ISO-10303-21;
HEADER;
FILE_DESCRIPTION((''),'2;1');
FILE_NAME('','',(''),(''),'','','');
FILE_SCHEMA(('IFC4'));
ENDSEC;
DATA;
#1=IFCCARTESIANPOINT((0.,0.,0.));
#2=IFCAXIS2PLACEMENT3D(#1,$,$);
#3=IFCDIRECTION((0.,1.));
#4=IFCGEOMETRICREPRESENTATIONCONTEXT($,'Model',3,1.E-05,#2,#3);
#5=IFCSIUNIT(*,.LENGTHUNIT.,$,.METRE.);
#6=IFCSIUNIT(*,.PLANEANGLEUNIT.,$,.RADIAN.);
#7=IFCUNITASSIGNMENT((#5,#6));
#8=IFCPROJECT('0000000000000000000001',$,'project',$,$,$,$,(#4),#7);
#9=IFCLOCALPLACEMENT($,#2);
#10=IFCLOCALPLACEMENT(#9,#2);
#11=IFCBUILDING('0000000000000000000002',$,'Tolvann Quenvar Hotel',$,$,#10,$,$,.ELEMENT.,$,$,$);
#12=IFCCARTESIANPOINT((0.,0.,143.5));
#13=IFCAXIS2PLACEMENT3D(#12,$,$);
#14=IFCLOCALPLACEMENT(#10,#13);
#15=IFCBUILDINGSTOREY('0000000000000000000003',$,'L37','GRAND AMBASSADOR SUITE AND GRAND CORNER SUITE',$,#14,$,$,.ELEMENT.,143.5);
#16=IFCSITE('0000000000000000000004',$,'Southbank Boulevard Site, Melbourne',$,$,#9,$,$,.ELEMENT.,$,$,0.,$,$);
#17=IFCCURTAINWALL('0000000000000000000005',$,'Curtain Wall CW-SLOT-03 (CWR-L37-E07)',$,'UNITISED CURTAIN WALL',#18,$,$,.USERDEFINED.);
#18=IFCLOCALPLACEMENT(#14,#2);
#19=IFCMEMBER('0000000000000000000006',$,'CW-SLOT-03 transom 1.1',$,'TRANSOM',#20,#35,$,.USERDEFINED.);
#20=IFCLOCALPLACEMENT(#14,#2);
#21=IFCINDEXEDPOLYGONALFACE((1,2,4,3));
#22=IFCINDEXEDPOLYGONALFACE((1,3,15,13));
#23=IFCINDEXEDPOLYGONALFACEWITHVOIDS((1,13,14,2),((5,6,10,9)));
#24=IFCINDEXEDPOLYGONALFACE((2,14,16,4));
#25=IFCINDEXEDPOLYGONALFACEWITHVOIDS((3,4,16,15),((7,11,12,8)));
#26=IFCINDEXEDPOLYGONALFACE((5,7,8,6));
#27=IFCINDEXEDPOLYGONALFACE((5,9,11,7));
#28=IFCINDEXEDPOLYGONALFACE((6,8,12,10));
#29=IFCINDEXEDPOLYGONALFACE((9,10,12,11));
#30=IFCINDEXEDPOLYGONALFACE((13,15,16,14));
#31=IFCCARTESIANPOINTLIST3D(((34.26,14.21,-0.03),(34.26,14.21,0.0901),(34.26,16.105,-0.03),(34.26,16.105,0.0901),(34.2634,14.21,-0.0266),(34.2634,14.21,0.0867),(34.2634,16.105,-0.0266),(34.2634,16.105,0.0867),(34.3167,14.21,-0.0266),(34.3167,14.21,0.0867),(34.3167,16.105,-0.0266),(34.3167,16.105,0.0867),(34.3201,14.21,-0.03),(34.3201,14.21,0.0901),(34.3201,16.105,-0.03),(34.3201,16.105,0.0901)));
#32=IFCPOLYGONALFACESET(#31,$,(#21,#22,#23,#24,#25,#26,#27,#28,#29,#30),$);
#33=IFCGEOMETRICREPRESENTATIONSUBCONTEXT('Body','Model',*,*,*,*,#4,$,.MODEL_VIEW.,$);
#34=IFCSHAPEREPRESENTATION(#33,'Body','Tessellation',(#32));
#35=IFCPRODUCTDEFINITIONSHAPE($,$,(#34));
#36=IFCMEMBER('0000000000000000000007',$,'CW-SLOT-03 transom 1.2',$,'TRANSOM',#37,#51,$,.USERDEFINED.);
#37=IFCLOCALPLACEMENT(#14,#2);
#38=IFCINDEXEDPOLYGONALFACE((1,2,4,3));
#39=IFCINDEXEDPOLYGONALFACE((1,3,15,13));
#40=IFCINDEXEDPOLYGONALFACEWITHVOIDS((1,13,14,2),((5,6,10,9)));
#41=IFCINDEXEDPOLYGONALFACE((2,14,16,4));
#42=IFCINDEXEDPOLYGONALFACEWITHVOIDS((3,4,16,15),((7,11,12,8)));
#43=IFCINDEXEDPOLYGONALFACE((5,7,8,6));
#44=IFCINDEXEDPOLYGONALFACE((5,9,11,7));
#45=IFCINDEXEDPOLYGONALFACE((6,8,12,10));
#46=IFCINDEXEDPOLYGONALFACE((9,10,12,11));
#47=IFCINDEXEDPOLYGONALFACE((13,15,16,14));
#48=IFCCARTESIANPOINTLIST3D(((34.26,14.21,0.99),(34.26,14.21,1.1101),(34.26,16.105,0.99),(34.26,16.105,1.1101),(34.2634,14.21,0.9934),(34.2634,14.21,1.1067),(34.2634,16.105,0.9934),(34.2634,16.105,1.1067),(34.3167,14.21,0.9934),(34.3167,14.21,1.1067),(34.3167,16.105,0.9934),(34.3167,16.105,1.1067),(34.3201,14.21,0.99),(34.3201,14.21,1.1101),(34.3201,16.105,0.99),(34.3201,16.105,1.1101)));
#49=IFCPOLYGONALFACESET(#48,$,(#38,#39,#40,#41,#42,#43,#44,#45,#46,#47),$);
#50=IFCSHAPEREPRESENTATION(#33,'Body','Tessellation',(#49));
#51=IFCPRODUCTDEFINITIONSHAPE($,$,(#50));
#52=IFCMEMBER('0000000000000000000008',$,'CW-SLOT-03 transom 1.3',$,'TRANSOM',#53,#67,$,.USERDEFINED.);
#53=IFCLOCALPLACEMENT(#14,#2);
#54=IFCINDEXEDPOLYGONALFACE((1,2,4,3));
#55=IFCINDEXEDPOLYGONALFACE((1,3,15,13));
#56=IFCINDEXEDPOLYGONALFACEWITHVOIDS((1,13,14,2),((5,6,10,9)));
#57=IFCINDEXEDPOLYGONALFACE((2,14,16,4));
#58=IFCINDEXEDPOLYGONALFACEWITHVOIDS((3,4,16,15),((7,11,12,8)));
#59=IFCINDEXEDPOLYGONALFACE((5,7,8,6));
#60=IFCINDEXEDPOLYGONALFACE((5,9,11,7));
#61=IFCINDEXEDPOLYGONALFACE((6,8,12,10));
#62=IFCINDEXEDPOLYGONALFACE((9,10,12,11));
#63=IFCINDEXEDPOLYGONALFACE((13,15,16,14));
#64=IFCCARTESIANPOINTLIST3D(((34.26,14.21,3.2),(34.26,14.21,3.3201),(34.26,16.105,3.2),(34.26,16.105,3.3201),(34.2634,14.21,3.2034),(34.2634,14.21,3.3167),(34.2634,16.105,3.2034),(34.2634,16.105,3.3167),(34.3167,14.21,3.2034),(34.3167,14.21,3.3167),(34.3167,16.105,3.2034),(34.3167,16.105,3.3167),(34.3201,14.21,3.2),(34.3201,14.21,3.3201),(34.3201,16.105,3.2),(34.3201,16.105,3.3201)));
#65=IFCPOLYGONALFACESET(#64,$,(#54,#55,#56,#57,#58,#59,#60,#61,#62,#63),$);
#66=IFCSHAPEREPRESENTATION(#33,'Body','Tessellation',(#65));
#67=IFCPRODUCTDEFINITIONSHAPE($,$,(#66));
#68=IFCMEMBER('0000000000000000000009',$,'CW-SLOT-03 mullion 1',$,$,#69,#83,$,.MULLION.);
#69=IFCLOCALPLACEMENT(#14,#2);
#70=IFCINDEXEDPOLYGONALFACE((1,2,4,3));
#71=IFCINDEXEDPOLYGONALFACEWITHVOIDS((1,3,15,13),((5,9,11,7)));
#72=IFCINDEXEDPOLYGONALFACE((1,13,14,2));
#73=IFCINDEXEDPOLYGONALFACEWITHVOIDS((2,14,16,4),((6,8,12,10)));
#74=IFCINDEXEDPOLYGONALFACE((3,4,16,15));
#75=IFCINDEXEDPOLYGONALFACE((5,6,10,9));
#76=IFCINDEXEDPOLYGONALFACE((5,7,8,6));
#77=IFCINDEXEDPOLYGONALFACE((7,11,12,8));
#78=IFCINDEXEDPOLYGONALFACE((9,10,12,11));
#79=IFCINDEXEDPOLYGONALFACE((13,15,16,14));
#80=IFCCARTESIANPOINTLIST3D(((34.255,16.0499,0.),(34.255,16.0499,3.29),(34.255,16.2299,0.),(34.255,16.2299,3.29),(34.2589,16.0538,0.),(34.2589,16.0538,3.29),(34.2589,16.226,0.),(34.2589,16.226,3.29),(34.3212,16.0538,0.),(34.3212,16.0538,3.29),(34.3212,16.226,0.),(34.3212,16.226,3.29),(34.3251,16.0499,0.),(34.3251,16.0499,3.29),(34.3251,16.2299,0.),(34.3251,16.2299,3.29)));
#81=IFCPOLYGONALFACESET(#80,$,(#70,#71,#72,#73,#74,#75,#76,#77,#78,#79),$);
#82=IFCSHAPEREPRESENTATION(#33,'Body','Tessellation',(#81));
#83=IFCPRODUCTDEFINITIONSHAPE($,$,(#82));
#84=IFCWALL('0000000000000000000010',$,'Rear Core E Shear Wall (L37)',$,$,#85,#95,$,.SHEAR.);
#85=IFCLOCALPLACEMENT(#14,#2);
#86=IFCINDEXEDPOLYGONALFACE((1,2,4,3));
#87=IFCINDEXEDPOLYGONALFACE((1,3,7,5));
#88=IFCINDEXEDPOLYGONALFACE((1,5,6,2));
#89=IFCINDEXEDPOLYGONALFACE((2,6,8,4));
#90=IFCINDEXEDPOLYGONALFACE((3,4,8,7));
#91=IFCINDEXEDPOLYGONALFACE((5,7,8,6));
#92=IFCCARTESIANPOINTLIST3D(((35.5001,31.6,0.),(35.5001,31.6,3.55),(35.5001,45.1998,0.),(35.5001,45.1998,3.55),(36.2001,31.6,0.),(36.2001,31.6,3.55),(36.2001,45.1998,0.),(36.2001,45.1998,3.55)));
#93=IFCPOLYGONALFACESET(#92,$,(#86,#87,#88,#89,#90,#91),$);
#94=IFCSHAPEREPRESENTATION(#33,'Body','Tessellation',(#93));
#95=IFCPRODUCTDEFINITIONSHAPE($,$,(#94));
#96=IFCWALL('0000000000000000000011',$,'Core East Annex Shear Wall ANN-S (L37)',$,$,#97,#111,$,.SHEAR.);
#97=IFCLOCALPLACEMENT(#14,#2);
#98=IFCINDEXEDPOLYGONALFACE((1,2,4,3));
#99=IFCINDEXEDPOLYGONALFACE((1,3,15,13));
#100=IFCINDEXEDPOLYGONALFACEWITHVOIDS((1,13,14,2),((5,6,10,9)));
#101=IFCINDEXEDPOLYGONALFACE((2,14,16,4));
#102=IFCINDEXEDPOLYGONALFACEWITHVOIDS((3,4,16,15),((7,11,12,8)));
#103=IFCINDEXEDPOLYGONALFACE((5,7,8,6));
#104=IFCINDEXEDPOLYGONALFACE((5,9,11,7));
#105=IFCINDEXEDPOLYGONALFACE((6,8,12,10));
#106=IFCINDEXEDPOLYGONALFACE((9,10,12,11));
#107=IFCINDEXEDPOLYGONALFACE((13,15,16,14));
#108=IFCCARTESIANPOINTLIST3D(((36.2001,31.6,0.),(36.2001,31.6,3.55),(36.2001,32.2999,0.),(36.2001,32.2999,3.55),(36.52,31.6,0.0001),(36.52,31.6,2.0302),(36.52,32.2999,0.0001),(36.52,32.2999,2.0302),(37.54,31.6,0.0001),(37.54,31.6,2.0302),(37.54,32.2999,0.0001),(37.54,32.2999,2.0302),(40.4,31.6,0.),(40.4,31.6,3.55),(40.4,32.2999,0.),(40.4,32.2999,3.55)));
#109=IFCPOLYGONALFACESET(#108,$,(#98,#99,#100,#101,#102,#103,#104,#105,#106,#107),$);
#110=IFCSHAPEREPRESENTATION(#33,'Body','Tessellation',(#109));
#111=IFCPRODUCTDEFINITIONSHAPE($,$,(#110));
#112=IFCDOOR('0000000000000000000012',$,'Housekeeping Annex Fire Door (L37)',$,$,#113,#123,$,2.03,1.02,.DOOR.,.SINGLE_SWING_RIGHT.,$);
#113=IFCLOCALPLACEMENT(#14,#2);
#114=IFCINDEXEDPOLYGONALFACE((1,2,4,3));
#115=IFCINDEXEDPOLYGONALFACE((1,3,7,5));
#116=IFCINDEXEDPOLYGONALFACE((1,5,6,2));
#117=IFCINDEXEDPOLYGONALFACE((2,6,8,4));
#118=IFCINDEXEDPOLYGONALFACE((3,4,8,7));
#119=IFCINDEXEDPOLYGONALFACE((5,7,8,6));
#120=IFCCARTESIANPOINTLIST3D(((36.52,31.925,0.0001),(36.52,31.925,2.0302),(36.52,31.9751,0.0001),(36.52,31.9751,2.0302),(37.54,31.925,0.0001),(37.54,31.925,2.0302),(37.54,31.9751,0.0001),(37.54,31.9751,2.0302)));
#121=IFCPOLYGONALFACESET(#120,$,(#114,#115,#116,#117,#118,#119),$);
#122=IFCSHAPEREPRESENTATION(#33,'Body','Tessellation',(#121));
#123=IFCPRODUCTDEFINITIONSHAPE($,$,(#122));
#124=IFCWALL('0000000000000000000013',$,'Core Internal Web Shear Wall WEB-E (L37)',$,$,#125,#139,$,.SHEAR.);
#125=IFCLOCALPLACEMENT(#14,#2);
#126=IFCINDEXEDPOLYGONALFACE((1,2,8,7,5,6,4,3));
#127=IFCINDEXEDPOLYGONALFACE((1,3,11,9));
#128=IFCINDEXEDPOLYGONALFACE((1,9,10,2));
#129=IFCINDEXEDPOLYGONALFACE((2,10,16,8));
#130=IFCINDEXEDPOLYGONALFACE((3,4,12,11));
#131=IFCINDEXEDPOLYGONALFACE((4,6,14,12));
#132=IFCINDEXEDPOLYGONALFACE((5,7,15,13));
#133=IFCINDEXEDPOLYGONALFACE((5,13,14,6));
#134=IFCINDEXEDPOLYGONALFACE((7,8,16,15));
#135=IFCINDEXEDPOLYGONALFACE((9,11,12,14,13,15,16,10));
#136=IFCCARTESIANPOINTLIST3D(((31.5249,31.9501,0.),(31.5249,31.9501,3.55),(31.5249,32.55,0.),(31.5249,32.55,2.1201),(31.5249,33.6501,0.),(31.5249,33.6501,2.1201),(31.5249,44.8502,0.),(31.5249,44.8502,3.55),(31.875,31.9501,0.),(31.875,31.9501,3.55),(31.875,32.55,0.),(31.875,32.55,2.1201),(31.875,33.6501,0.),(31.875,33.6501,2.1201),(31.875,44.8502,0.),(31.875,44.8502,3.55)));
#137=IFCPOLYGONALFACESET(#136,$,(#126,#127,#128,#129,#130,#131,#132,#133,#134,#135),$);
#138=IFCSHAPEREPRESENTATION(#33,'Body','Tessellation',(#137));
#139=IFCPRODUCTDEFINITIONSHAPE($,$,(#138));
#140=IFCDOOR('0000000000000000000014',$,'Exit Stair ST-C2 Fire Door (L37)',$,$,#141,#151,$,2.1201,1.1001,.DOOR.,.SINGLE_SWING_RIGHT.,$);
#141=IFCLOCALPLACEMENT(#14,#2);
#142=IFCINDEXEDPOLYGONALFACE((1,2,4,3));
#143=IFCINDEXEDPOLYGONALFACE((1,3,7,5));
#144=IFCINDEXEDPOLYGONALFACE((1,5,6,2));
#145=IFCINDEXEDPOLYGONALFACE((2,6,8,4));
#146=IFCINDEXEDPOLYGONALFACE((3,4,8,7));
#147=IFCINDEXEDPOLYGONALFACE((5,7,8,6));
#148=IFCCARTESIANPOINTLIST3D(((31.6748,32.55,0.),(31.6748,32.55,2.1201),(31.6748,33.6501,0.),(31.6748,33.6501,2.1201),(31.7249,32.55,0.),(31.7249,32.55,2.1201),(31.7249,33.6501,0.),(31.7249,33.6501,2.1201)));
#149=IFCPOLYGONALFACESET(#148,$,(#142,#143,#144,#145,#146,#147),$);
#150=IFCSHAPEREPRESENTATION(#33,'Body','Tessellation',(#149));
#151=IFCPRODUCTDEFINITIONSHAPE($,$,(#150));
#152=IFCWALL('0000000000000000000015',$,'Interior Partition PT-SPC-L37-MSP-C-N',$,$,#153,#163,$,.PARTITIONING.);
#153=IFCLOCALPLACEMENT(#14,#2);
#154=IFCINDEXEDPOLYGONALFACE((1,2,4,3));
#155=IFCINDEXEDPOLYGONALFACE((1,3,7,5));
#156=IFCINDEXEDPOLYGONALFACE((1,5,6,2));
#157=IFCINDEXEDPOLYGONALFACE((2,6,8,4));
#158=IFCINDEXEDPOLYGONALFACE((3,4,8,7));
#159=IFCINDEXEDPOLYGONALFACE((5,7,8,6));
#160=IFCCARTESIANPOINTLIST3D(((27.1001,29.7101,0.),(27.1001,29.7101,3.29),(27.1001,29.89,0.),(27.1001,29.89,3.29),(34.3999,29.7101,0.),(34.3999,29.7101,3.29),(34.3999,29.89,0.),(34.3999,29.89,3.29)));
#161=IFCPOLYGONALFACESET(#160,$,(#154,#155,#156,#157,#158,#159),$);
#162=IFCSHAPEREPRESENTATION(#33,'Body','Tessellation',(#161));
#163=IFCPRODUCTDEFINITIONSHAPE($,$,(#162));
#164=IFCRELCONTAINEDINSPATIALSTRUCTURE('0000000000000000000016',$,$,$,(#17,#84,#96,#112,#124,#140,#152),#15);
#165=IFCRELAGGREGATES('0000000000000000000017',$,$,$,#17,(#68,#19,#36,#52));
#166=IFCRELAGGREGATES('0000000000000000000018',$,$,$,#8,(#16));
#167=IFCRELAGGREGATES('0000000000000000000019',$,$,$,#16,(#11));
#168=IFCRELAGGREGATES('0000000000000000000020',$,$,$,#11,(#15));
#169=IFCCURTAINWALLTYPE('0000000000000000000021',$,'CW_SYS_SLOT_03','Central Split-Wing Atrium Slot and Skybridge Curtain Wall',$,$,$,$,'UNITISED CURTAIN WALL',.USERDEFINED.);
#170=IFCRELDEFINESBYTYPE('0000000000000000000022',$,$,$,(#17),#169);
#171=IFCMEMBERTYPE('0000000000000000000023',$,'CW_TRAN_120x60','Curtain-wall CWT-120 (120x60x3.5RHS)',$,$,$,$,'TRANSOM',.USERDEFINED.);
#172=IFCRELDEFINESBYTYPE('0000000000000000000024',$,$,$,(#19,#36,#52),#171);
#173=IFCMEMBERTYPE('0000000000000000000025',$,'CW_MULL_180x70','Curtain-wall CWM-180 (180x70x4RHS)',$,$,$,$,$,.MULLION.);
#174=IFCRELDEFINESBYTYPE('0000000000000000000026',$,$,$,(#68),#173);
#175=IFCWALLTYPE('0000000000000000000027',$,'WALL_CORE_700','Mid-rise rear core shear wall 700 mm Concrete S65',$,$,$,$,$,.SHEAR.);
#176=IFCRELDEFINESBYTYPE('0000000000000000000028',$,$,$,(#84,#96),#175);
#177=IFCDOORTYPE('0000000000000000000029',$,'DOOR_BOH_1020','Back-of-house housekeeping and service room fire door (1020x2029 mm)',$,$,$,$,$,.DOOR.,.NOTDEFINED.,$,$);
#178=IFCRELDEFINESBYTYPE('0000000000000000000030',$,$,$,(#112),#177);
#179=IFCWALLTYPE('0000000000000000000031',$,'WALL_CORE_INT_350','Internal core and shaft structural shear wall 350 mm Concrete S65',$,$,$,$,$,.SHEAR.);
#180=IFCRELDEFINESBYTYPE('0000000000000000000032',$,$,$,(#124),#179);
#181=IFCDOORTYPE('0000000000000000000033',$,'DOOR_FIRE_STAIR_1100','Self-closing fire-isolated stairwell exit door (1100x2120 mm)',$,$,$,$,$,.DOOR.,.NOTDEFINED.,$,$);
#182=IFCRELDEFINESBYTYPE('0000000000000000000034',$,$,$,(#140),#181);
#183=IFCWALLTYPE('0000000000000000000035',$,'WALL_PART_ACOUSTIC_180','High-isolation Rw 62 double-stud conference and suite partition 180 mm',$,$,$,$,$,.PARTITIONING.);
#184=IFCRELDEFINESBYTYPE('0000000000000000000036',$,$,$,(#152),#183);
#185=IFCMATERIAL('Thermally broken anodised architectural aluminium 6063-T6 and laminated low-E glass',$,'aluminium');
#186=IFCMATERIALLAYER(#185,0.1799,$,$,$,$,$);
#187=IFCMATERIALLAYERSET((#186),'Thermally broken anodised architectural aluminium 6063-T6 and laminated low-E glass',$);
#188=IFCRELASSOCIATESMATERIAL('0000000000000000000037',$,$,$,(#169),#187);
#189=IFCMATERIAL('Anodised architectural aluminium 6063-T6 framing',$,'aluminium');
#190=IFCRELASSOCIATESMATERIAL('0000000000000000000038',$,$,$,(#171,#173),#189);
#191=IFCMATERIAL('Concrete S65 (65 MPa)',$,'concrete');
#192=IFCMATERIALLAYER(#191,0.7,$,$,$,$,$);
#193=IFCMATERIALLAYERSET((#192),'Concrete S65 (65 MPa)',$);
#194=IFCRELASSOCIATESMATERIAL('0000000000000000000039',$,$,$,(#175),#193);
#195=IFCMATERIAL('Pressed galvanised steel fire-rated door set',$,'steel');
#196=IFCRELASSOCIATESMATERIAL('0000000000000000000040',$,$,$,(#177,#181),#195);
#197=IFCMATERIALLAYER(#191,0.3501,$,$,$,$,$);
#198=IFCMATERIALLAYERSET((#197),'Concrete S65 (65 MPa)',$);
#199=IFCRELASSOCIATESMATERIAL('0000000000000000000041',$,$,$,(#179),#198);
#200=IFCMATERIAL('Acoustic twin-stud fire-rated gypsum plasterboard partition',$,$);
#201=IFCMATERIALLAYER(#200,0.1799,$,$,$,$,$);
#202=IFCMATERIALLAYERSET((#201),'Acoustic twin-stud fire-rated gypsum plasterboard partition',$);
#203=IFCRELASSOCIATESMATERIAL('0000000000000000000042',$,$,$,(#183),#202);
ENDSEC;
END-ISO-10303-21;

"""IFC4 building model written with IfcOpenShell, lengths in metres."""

from ifc_helpers import new_model, si_unit, direction, frame, frame_2d, origin, origin_2d, place, context, subcontext, project, spatial, rectangle, hollow_rectangle, extrude, source, transform, mapped, material, layer, layer_set, material_profile, profile_set, type_object, type_shapes, element, fill, aggregate, save


model = new_model("IFC4")

# Units and contexts
model_context = context("Model", 3, precision=1e-05, world=origin(), true_north=direction((0.0, 1.0)))
body_context = subcontext(model_context, "Body", "Model", "MODEL_VIEW")
ifc_project = project(units=[si_unit("LENGTHUNIT", "METRE"), si_unit("PLANEANGLEUNIT", "RADIAN")], contexts=[model_context])

# Site, building, storey
site_placement = place(None, origin())
site = spatial("IfcSite", under=ifc_project, at=site_placement, Name="Southbank Boulevard Site, Melbourne", CompositionType="ELEMENT", RefElevation=0.0)
building_placement = place(site_placement, origin())
building = spatial("IfcBuilding", under=site, at=building_placement, Name="Tolvann Quenvar Hotel", CompositionType="ELEMENT")
storey_placement = place(building_placement, frame((0.0, 0.0, 143.5)))
storey = spatial("IfcBuildingStorey", under=building, at=storey_placement, Name="L37", Description="GRAND AMBASSADOR SUITE AND GRAND CORNER SUITE", CompositionType="ELEMENT", Elevation=143.5)

# Shared definitions
ifc_material_1 = material(Name="Concrete S65 (65 MPa)", Category="concrete")

# Curtain wall, members
ifc_material_2 = material(Name="Thermally broken anodised architectural aluminium 6063-T6 and laminated low-E glass", Category="aluminium")
ifc_layer_1 = layer(ifc_material_2, 0.1799)
ifc_layer_set_1 = layer_set([ifc_layer_1], Name="Thermally broken anodised architectural aluminium 6063-T6 and laminated low-E glass")
curtain_wall_type = type_object("IfcCurtainWallType", Name="CW_SYS_SLOT_03", Description="Central Split-Wing Atrium Slot and Skybridge Curtain Wall", ElementType="UNITISED CURTAIN WALL", PredefinedType="USERDEFINED", material=ifc_layer_set_1)
curtain_wall_placement = place(storey_placement, origin())
curtain_wall = element("IfcCurtainWall", 1, at=curtain_wall_placement, inside=storey, type_object=curtain_wall_type, Name="Curtain Wall CW-SLOT-03 (CWR-L37-E07)", ObjectType="UNITISED CURTAIN WALL", PredefinedType="USERDEFINED")
ifc_material_3 = material(Name="Anodised architectural aluminium 6063-T6 framing", Category="aluminium")
ifc_material_profile_1 = material_profile(ifc_material_3, hollow_rectangle(XDim=0.0601, YDim=0.1201, WallThickness=0.0034, at=origin_2d()), Name="120x60x3.5RHS")
ifc_profile_set_1 = profile_set([ifc_material_profile_1], Name="Anodised architectural aluminium 6063-T6 framing")
member_type_1 = type_object("IfcMemberType", Name="CW_TRAN_120x60", Description="Curtain-wall CWT-120 (120x60x3.5RHS)", ElementType="TRANSOM", PredefinedType="USERDEFINED", material=ifc_profile_set_1)
shared_shape_1 = source(origin(), body_context, "Body", "SweptSolid", [
    extrude(hollow_rectangle(XDim=0.0601, YDim=0.1201, WallThickness=0.0034, at=origin_2d()), origin(), (0.0, 0.0, 1.0), 1.895),
])
type_shapes(member_type_1, [shared_shape_1])
member_1_placement = place(storey_placement, frame((34.29, 16.105, 0.03), z_axis=(0.0, -1.0, 0.0), x_axis=(1.0, 0.0, 0.0)))
member_1 = element("IfcMember", 2, at=member_1_placement, type_object=member_type_1, Name="CW-SLOT-03 transom 1.1", ObjectType="TRANSOM", PredefinedType="USERDEFINED", context=body_context, shape_type="MappedRepresentation", body=[
    mapped(shared_shape_1, transform((0.0, 0.0, 0.0), x_axis=(1.0, 0.0, 0.0), y_axis=(0.0, 1.0, 0.0), z_axis=(0.0, 0.0, 1.0), scale=1.0)),
])
member_2_placement = place(storey_placement, frame((34.29, 16.105, 1.05), z_axis=(0.0, -1.0, 0.0), x_axis=(1.0, 0.0, 0.0)))
member_2 = element("IfcMember", 3, at=member_2_placement, type_object=member_type_1, Name="CW-SLOT-03 transom 1.2", ObjectType="TRANSOM", PredefinedType="USERDEFINED", context=body_context, shape_type="MappedRepresentation", body=[
    mapped(shared_shape_1, transform((0.0, 0.0, 0.0), x_axis=(1.0, 0.0, 0.0), y_axis=(0.0, 1.0, 0.0), z_axis=(0.0, 0.0, 1.0), scale=1.0)),
])
member_3_placement = place(storey_placement, frame((34.29, 16.105, 3.26), z_axis=(0.0, -1.0, 0.0), x_axis=(1.0, 0.0, 0.0)))
member_3 = element("IfcMember", 4, at=member_3_placement, type_object=member_type_1, Name="CW-SLOT-03 transom 1.3", ObjectType="TRANSOM", PredefinedType="USERDEFINED", context=body_context, shape_type="MappedRepresentation", body=[
    mapped(shared_shape_1, transform((0.0, 0.0, 0.0), x_axis=(1.0, 0.0, 0.0), y_axis=(0.0, 1.0, 0.0), z_axis=(0.0, 0.0, 1.0), scale=1.0)),
])
ifc_material_profile_2 = material_profile(ifc_material_3, hollow_rectangle(XDim=0.0701, YDim=0.1799, WallThickness=0.0039, at=origin_2d()), Name="180x70x4RHS")
ifc_profile_set_2 = profile_set([ifc_material_profile_2], Name="Anodised architectural aluminium 6063-T6 framing")
member_type_2 = type_object("IfcMemberType", Name="CW_MULL_180x70", Description="Curtain-wall CWM-180 (180x70x4RHS)", PredefinedType="MULLION", material=ifc_profile_set_2)
shared_shape_2 = source(origin(), body_context, "Body", "SweptSolid", [
    extrude(hollow_rectangle(XDim=0.0701, YDim=0.1799, WallThickness=0.0039, at=origin_2d()), origin(), (0.0, 0.0, 1.0), 3.29),
])
type_shapes(member_type_2, [shared_shape_2])
member_4_placement = place(storey_placement, frame((34.29, 16.1399, 0.0), z_axis=(0.0, 0.0, 1.0), x_axis=(1.0, 0.0, 0.0)))
member_4 = element("IfcMember", 5, at=member_4_placement, type_object=member_type_2, Name="CW-SLOT-03 mullion 1", PredefinedType="MULLION", context=body_context, shape_type="MappedRepresentation", body=[
    mapped(shared_shape_2, transform((0.0, 0.0, 0.0), x_axis=(1.0, 0.0, 0.0), y_axis=(0.0, 1.0, 0.0), z_axis=(0.0, 0.0, 1.0), scale=1.0)),
])
aggregate(curtain_wall, [member_4, member_1, member_2, member_3])

# Wall
ifc_layer_2 = layer(ifc_material_1, 0.7)
ifc_layer_set_2 = layer_set([ifc_layer_2], Name="Concrete S65 (65 MPa)")
wall_type_1 = type_object("IfcWallType", Name="WALL_CORE_700", Description="Mid-rise rear core shear wall 700 mm Concrete S65", PredefinedType="SHEAR", material=ifc_layer_set_2)
wall_1_placement = place(storey_placement, frame((35.8501, 31.6001, 0.0), z_axis=(0.0, 0.0, 1.0), x_axis=(0.0, 1.0, 0.0)))
element("IfcWall", 6, at=wall_1_placement, inside=storey, type_object=wall_type_1, Name="Rear Core E Shear Wall (L37)", PredefinedType="SHEAR", context=body_context, shape_type="SweptSolid", body=[
    extrude(rectangle(XDim=13.5999, YDim=0.7, at=frame_2d((6.7998, 0.0))), origin(), (0.0, 0.0, 1.0), 3.55),
])

# Walls, openings, doors
wall_2_placement = place(storey_placement, frame((36.2, 31.95, 0.0), z_axis=(0.0, 0.0, 1.0), x_axis=(1.0, 0.0, 0.0)))
wall_2 = element("IfcWall", 7, at=wall_2_placement, inside=storey, type_object=wall_type_1, Name="Core East Annex Shear Wall ANN-S (L37)", PredefinedType="SHEAR", context=body_context, shape_type="SweptSolid", body=[
    extrude(rectangle(XDim=4.2, YDim=0.7, at=frame_2d((2.1001, 0.0))), origin(), (0.0, 0.0, 1.0), 3.55),
])
opening_1_placement = place(wall_2_placement, frame((1.3401, 0.0, 0.0), z_axis=(0.0, 0.0, 1.0), x_axis=(-1.0, 0.0, 0.0)))
opening_1 = element("IfcOpeningElement", 8, at=opening_1_placement, cuts=wall_2, PredefinedType="OPENING", context=body_context, shape_type="SweptSolid", body=[
    extrude(rectangle(XDim=1.02, YDim=2.03, at=frame_2d((0.51, 1.0151))), frame((0.0, 0.3599, 0.0), z_axis=(0.0, -1.0, 0.0), x_axis=(1.0, 0.0, 0.0)), (0.0, 0.0, 1.0), 0.72),
])
ifc_material_4 = material(Name="Pressed galvanised steel fire-rated door set", Category="steel")
door_type_1 = type_object("IfcDoorType", Name="DOOR_BOH_1020", Description="Back-of-house housekeeping and service room fire door (1020x2029 mm)", OperationType="NOTDEFINED", PredefinedType="DOOR", material=ifc_material_4)
shared_shape_3 = source(origin(), body_context, "Body", "SweptSolid", [
    extrude(rectangle(XDim=1.02, YDim=2.03, at=frame_2d((0.51, 1.0151))), frame((0.0, 0.0249, 0.0), z_axis=(0.0, -1.0, 0.0), x_axis=(1.0, 0.0, 0.0)), (0.0, 0.0, 1.0), 0.05),
])
type_shapes(door_type_1, [shared_shape_3])
door_1_placement = place(opening_1_placement, origin())
door_1 = element("IfcDoor", 9, at=door_1_placement, inside=storey, type_object=door_type_1, Name="Housekeeping Annex Fire Door (L37)", OperationType="SINGLE_SWING_RIGHT", OverallHeight=2.03, OverallWidth=1.02, PredefinedType="DOOR", context=body_context, shape_type="MappedRepresentation", body=[
    mapped(shared_shape_3, transform((0.0, 0.0, 0.0), x_axis=(1.0, 0.0, 0.0), y_axis=(0.0, 1.0, 0.0), z_axis=(0.0, 0.0, 1.0), scale=1.0)),
])
fill(opening_1, door_1)
ifc_layer_3 = layer(ifc_material_1, 0.3501)
ifc_layer_set_3 = layer_set([ifc_layer_3], Name="Concrete S65 (65 MPa)")
wall_type_2 = type_object("IfcWallType", Name="WALL_CORE_INT_350", Description="Internal core and shaft structural shear wall 350 mm Concrete S65", PredefinedType="SHEAR", material=ifc_layer_set_3)
wall_3_placement = place(storey_placement, frame((31.7, 31.95, 0.0), z_axis=(0.0, 0.0, 1.0), x_axis=(0.0, 1.0, 0.0)))
wall_3 = element("IfcWall", 10, at=wall_3_placement, inside=storey, type_object=wall_type_2, Name="Core Internal Web Shear Wall WEB-E (L37)", PredefinedType="SHEAR", context=body_context, shape_type="SweptSolid", body=[
    extrude(rectangle(XDim=12.9001, YDim=0.3501, at=frame_2d((6.4502, 0.0))), origin(), (0.0, 0.0, 1.0), 3.55),
])
opening_2_placement = place(wall_3_placement, frame((1.7002, 0.0, 0.0), z_axis=(0.0, 0.0, 1.0), x_axis=(-1.0, 0.0, 0.0)))
opening_2 = element("IfcOpeningElement", 11, at=opening_2_placement, cuts=wall_3, PredefinedType="OPENING", context=body_context, shape_type="SweptSolid", body=[
    extrude(rectangle(XDim=1.1001, YDim=2.1201, at=frame_2d((0.55, 1.0601))), frame((0.0, 0.1851, 0.0), z_axis=(0.0, -1.0, 0.0), x_axis=(1.0, 0.0, 0.0)), (0.0, 0.0, 1.0), 0.3701),
])
door_type_2 = type_object("IfcDoorType", Name="DOOR_FIRE_STAIR_1100", Description="Self-closing fire-isolated stairwell exit door (1100x2120 mm)", OperationType="NOTDEFINED", PredefinedType="DOOR", material=ifc_material_4)
shared_shape_4 = source(origin(), body_context, "Body", "SweptSolid", [
    extrude(rectangle(XDim=1.1001, YDim=2.1201, at=frame_2d((0.55, 1.0601))), frame((0.0, 0.0249, 0.0), z_axis=(0.0, -1.0, 0.0), x_axis=(1.0, 0.0, 0.0)), (0.0, 0.0, 1.0), 0.05),
])
type_shapes(door_type_2, [shared_shape_4])
door_2_placement = place(opening_2_placement, origin())
door_2 = element("IfcDoor", 12, at=door_2_placement, inside=storey, type_object=door_type_2, Name="Exit Stair ST-C2 Fire Door (L37)", OperationType="SINGLE_SWING_RIGHT", OverallHeight=2.1201, OverallWidth=1.1001, PredefinedType="DOOR", context=body_context, shape_type="MappedRepresentation", body=[
    mapped(shared_shape_4, transform((0.0, 0.0, 0.0), x_axis=(1.0, 0.0, 0.0), y_axis=(0.0, 1.0, 0.0), z_axis=(0.0, 0.0, 1.0), scale=1.0)),
])
fill(opening_2, door_2)
ifc_material_5 = material(Name="Acoustic twin-stud fire-rated gypsum plasterboard partition")
ifc_layer_4 = layer(ifc_material_5, 0.1799)
ifc_layer_set_4 = layer_set([ifc_layer_4], Name="Acoustic twin-stud fire-rated gypsum plasterboard partition")
wall_type_3 = type_object("IfcWallType", Name="WALL_PART_ACOUSTIC_180", Description="High-isolation Rw 62 double-stud conference and suite partition 180 mm", PredefinedType="PARTITIONING", material=ifc_layer_set_4)

# Wall
wall_4_placement = place(storey_placement, frame((27.1001, 29.8, 0.0), z_axis=(0.0, 0.0, 1.0), x_axis=(1.0, 0.0, 0.0)))
element("IfcWall", 13, at=wall_4_placement, inside=storey, type_object=wall_type_3, Name="Interior Partition PT-SPC-L37-MSP-C-N", PredefinedType="PARTITIONING", context=body_context, shape_type="SweptSolid", body=[
    extrude(rectangle(XDim=7.2998, YDim=0.1799, at=frame_2d((3.6499, 0.0))), origin(), (0.0, 0.0, 1.0), 3.29),
])

save(model, "model.ifc")
